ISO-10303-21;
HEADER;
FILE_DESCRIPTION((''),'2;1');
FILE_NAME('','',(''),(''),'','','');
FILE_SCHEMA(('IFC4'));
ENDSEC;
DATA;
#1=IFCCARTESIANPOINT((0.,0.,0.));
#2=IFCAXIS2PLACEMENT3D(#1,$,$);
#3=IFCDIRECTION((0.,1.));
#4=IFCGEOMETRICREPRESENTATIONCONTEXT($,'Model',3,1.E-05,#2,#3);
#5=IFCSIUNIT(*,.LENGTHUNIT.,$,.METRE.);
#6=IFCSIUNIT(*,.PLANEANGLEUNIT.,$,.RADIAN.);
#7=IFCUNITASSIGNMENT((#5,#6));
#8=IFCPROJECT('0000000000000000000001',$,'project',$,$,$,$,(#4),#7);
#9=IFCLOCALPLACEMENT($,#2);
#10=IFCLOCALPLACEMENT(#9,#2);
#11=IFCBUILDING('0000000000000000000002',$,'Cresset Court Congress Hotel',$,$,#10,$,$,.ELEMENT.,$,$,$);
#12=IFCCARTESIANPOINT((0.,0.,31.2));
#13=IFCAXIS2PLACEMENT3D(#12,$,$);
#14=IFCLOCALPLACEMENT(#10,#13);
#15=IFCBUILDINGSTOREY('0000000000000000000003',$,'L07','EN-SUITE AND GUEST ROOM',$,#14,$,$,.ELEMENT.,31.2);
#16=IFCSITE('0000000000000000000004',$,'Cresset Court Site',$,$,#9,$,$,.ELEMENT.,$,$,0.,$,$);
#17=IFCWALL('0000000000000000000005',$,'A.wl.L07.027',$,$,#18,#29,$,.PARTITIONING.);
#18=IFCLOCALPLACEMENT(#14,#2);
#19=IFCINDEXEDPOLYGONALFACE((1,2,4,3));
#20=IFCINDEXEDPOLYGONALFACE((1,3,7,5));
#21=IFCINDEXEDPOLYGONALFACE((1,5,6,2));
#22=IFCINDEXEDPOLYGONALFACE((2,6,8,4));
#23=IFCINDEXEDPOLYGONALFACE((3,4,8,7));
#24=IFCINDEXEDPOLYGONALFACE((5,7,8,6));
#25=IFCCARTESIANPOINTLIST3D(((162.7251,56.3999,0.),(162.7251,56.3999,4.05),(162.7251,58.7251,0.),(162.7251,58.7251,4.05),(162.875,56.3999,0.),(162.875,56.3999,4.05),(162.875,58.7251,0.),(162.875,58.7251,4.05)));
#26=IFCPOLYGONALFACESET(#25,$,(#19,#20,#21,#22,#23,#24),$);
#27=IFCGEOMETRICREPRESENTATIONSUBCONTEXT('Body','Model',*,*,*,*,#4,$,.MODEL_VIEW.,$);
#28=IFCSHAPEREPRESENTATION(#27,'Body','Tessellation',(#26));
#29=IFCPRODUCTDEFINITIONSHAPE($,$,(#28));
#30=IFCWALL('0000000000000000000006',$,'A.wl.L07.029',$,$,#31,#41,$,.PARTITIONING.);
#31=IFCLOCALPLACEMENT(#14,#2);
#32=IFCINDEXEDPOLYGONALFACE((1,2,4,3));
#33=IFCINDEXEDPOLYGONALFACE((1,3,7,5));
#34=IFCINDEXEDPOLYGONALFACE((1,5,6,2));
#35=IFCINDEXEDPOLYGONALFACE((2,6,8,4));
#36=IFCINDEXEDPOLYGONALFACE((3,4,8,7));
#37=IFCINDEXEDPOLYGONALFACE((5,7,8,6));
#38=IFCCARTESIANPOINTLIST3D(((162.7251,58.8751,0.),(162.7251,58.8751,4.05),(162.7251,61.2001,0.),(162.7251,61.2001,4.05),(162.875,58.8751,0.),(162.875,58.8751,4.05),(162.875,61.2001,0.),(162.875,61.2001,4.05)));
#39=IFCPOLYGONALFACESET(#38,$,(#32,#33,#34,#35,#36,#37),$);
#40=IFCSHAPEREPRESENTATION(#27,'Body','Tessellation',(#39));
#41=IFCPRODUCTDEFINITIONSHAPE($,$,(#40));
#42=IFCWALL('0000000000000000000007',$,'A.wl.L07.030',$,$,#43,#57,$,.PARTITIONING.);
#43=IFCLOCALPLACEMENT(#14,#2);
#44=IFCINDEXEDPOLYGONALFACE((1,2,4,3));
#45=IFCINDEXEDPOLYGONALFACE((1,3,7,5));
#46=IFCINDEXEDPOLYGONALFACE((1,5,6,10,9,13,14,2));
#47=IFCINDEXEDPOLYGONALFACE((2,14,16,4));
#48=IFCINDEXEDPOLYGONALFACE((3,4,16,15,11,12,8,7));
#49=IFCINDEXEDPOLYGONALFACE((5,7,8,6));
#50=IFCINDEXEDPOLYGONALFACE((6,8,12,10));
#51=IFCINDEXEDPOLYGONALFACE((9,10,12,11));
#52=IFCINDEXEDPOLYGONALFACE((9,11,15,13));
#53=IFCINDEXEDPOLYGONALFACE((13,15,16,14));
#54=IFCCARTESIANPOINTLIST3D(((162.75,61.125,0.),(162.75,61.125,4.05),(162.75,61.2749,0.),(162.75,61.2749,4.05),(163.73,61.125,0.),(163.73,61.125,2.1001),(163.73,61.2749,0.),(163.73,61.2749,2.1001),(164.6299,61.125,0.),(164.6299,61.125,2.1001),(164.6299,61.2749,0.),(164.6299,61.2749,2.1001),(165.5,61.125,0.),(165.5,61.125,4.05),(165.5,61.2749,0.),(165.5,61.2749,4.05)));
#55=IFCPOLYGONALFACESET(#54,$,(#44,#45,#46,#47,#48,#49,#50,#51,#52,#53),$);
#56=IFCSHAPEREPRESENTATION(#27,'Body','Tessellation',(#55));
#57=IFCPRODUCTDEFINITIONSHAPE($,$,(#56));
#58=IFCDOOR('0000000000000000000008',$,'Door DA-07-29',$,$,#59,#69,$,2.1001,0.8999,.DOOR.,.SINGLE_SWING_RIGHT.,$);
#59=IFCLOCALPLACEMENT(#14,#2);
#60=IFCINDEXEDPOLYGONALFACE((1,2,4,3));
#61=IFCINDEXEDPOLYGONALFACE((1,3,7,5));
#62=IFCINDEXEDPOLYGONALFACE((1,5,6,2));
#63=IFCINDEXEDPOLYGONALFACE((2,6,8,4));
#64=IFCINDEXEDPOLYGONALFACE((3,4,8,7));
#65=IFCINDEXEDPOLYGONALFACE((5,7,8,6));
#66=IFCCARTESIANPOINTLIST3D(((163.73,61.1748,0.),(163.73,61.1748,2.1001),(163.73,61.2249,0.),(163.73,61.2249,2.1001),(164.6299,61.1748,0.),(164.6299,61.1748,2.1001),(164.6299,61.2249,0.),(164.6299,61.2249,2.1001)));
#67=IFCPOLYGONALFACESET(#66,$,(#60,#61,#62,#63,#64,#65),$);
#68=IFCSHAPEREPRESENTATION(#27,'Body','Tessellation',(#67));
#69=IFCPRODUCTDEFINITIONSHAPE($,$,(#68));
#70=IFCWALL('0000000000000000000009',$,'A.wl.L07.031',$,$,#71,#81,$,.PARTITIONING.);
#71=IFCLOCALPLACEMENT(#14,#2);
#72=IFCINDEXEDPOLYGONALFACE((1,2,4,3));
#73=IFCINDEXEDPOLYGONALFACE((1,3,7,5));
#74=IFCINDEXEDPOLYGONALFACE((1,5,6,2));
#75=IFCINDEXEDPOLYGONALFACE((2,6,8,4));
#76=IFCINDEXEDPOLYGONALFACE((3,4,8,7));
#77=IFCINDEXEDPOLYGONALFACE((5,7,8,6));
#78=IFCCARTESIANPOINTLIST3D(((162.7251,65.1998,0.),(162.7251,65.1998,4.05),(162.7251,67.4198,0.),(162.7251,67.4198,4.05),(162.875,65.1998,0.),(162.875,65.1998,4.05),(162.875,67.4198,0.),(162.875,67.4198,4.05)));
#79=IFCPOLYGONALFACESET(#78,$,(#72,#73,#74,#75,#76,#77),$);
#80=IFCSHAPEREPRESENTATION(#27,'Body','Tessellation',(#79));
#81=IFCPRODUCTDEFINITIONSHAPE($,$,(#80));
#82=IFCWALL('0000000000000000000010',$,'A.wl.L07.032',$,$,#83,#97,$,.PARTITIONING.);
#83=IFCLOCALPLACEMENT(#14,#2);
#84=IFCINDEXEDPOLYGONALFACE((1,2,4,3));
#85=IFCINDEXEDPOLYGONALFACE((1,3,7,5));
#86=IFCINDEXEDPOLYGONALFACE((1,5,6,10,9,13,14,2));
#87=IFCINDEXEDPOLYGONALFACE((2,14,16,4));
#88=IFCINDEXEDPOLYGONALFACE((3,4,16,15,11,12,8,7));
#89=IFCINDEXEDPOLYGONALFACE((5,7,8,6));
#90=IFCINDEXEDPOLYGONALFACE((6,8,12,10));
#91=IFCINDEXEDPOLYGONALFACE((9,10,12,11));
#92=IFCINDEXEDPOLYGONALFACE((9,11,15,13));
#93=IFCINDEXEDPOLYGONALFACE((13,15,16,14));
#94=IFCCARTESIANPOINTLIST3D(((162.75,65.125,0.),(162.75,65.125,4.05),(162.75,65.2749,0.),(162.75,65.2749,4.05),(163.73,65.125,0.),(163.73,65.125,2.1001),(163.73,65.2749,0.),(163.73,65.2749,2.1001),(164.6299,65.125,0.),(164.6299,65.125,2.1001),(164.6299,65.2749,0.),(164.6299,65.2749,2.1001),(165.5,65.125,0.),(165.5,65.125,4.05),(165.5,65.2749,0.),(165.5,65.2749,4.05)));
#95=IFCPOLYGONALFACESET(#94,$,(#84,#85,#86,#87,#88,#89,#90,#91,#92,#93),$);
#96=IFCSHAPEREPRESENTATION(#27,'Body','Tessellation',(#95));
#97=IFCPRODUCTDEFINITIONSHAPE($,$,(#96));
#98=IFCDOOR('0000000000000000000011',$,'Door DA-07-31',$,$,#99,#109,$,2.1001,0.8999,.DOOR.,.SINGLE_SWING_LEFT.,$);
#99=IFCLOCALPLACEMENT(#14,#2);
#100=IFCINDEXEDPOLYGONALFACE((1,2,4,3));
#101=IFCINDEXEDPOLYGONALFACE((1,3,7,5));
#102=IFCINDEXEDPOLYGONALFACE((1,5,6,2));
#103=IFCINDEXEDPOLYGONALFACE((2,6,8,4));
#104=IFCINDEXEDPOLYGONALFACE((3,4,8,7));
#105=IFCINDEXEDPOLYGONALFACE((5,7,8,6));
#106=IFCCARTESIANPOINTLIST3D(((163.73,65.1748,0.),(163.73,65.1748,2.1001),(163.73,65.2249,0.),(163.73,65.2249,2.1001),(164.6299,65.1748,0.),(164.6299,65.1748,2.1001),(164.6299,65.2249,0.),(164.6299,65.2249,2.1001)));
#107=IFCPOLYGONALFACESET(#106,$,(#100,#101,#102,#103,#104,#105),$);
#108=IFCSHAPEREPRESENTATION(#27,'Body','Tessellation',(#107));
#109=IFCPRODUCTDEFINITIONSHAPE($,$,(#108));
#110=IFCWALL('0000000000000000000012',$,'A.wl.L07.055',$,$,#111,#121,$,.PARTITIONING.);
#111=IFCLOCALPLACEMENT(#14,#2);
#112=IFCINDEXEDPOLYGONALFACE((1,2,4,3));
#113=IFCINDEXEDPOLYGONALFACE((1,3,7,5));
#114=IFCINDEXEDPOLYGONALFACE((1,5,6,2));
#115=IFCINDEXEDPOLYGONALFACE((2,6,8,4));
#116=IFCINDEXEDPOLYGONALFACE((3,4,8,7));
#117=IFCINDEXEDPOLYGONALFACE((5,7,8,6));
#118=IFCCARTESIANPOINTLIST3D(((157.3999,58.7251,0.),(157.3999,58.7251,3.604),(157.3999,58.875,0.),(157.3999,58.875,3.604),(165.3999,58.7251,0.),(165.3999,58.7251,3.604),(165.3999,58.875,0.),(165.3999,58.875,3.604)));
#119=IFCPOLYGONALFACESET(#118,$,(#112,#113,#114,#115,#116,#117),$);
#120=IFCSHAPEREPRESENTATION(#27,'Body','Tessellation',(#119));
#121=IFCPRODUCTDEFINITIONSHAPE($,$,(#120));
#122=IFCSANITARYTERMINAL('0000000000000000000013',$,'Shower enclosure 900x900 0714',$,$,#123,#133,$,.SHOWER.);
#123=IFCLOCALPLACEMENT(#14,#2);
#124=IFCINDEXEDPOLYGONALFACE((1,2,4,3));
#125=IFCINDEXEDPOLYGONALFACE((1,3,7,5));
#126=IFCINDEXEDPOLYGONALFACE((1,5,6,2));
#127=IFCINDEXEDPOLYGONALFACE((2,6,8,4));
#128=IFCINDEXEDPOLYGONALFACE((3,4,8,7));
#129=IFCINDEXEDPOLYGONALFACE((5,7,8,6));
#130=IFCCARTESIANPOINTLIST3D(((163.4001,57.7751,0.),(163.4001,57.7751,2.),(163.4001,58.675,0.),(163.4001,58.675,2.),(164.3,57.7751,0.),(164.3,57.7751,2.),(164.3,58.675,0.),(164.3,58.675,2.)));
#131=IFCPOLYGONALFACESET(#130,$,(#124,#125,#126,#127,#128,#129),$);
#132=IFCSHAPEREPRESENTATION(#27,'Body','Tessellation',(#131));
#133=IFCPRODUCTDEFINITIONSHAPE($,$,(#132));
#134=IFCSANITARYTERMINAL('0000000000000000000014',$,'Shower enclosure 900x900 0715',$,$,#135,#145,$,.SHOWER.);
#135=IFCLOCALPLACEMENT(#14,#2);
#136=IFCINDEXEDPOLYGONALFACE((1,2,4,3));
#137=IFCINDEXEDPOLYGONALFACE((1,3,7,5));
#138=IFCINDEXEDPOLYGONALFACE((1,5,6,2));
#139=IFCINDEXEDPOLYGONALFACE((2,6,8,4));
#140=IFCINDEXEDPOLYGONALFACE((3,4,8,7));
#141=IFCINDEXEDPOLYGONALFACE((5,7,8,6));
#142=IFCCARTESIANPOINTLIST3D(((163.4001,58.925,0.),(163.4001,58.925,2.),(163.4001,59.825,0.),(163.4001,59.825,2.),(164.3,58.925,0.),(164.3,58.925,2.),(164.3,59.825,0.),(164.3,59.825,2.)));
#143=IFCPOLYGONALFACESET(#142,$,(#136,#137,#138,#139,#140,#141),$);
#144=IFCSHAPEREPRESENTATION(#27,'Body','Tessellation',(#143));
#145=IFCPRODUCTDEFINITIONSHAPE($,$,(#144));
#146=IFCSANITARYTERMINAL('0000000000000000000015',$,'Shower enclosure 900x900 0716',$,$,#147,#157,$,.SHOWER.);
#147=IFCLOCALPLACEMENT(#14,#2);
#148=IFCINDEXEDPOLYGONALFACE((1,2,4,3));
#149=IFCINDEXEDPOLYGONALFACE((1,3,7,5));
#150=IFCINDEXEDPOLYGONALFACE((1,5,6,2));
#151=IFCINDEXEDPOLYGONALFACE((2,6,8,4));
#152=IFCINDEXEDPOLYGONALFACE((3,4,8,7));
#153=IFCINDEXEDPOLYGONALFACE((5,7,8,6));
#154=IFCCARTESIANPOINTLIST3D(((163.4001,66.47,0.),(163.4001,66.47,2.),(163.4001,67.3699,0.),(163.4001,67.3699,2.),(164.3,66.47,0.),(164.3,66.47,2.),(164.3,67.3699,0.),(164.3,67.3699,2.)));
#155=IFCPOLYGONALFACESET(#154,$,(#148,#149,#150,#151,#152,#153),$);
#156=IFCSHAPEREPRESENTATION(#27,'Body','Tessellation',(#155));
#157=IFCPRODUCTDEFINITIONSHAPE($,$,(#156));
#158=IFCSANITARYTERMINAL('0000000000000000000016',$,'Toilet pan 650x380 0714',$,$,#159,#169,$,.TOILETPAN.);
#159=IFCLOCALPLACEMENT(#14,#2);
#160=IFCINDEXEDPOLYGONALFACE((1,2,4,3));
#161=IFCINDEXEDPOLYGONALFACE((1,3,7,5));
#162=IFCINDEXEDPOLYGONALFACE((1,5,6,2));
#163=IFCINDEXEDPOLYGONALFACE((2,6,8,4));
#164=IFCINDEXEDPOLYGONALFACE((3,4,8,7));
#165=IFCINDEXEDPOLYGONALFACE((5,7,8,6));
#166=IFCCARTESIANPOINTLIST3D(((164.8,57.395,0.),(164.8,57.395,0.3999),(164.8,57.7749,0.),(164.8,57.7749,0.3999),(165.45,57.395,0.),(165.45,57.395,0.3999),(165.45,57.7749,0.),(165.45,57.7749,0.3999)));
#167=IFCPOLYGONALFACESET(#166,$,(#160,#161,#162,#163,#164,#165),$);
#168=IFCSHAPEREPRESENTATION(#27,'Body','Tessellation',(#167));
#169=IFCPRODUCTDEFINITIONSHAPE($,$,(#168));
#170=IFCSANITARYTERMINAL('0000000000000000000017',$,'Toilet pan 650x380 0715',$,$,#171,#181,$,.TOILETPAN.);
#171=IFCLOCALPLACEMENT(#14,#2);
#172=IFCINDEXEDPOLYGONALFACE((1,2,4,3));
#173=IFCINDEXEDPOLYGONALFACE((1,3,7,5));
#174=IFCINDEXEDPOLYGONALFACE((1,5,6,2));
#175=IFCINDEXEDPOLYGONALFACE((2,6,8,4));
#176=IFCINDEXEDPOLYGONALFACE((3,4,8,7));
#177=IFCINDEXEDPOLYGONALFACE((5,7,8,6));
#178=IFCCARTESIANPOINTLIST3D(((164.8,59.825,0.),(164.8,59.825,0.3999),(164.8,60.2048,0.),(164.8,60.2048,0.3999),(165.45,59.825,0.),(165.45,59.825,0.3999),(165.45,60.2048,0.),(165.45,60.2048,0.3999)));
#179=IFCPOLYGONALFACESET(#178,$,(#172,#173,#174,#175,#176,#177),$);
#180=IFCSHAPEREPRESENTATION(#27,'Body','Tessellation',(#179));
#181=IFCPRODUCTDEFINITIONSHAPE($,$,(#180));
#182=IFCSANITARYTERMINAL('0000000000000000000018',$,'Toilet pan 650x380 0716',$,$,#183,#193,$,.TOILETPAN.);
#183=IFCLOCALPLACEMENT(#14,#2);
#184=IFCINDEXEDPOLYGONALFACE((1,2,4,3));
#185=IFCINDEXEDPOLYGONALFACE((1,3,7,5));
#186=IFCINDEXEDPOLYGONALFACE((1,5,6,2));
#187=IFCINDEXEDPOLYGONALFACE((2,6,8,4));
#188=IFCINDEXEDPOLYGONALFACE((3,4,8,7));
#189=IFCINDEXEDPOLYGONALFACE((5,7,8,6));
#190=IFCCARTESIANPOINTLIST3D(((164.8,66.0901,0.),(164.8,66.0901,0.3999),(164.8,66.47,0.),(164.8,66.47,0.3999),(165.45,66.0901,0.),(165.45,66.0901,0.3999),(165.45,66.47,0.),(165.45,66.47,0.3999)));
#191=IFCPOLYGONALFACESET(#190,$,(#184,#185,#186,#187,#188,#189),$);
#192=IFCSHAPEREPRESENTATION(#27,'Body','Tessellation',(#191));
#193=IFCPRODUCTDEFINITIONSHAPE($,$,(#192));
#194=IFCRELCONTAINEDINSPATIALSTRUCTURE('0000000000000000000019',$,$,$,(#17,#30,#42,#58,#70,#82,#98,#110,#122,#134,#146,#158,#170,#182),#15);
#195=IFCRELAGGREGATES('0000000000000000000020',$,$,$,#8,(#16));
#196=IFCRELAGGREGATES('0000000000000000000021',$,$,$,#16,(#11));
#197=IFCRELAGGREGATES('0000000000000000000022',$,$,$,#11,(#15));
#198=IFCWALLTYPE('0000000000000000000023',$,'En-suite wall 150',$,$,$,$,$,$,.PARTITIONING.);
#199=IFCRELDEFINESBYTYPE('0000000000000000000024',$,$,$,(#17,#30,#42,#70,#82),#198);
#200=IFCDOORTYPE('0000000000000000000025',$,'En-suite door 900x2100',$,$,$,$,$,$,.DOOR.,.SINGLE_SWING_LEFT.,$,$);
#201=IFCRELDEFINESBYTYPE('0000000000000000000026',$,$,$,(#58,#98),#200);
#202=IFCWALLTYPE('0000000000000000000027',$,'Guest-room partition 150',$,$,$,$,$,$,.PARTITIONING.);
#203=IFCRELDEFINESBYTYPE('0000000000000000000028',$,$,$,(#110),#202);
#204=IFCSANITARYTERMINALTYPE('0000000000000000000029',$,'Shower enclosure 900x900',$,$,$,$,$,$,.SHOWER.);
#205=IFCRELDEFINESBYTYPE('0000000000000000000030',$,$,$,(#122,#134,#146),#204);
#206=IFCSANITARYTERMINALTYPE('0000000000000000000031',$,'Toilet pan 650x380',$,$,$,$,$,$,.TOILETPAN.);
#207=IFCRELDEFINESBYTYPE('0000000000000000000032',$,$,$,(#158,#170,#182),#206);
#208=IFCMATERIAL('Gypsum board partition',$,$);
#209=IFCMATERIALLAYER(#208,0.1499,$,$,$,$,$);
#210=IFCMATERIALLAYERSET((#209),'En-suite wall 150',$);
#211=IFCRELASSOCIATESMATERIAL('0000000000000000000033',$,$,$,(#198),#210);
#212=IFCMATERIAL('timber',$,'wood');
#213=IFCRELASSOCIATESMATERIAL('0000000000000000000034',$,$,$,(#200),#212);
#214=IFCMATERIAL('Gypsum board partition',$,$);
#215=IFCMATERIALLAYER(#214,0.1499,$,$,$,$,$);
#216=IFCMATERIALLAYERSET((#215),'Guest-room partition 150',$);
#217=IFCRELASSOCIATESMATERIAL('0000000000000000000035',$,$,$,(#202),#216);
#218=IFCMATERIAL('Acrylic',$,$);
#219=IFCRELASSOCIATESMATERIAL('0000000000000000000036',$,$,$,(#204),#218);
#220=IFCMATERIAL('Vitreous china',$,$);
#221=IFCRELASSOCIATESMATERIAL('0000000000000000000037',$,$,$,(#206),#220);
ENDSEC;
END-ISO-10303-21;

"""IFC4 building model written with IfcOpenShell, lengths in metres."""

from ifc_helpers import new_model, si_unit, direction, frame, frame_2d, origin, origin_2d, place, context, subcontext, project, spatial, rectangle, extrude, material, layer, layer_set, type_object, element, fill, save


model = new_model("IFC4")

# Units and contexts
model_context = context("Model", 3, precision=1e-05, world=origin(), true_north=direction((0.0, 1.0)))
body_context = subcontext(model_context, "Body", "Model", "MODEL_VIEW")
ifc_project = project(units=[si_unit("LENGTHUNIT", "METRE"), si_unit("PLANEANGLEUNIT", "RADIAN")], contexts=[model_context])

# Site, building, storey
site_placement = place(None, origin())
site = spatial("IfcSite", under=ifc_project, at=site_placement, Name="Cresset Court Site", CompositionType="ELEMENT", RefElevation=0.0)
building_placement = place(site_placement, origin())
building = spatial("IfcBuilding", under=site, at=building_placement, Name="Cresset Court Congress Hotel", CompositionType="ELEMENT")
storey_placement = place(building_placement, frame((0.0, 0.0, 31.2)))
storey = spatial("IfcBuildingStorey", under=building, at=storey_placement, Name="L07", Description="EN-SUITE AND GUEST ROOM", CompositionType="ELEMENT", Elevation=31.2)

# Walls
ifc_material_1 = material(Name="Gypsum board partition")
ifc_layer_1 = layer(ifc_material_1, 0.1499)
ifc_layer_set_1 = layer_set([ifc_layer_1], Name="En-suite wall 150")
wall_type_1 = type_object("IfcWallType", Name="En-suite wall 150", PredefinedType="PARTITIONING", material=ifc_layer_set_1)
wall_1_placement = place(storey_placement, frame((162.8, 56.3999, 0.0), z_axis=(0.0, 0.0, 1.0), x_axis=(0.0, 1.0, 0.0)))
element("IfcWall", 1, at=wall_1_placement, inside=storey, type_object=wall_type_1, Name="A.wl.L07.027", PredefinedType="PARTITIONING", context=body_context, shape_type="SweptSolid", body=[
    extrude(rectangle(XDim=2.3252, YDim=0.1499, at=frame_2d((1.1626, 0.0))), origin(), (0.0, 0.0, 1.0), 4.05),
])
wall_2_placement = place(storey_placement, frame((162.8, 58.875, 0.0), z_axis=(0.0, 0.0, 1.0), x_axis=(0.0, 1.0, 0.0)))
element("IfcWall", 2, at=wall_2_placement, inside=storey, type_object=wall_type_1, Name="A.wl.L07.029", PredefinedType="PARTITIONING", context=body_context, shape_type="SweptSolid", body=[
    extrude(rectangle(XDim=2.325, YDim=0.1499, at=frame_2d((1.1626, 0.0))), origin(), (0.0, 0.0, 1.0), 4.05),
])

# Wall, opening, door
wall_3_placement = place(storey_placement, frame((162.75, 61.2, 0.0), z_axis=(0.0, 0.0, 1.0), x_axis=(1.0, 0.0, 0.0)))
wall_3 = element("IfcWall", 3, at=wall_3_placement, inside=storey, type_object=wall_type_1, Name="A.wl.L07.030", PredefinedType="PARTITIONING", context=body_context, shape_type="SweptSolid", body=[
    extrude(rectangle(XDim=2.75, YDim=0.1499, at=frame_2d((1.375, 0.0))), origin(), (0.0, 0.0, 1.0), 4.05),
])
opening_1_placement = place(wall_3_placement, frame((0.98, 0.0, 0.0)))
opening_1 = element("IfcOpeningElement", 4, at=opening_1_placement, cuts=wall_3, PredefinedType="OPENING", context=body_context, shape_type="SweptSolid", body=[
    extrude(rectangle(XDim=0.8999, YDim=2.1001, at=frame_2d((0.45, 1.05))), frame((0.0, 0.085, 0.0), z_axis=(0.0, -1.0, 0.0), x_axis=(1.0, 0.0, 0.0)), (0.0, 0.0, 1.0), 0.1699),
])
ifc_material_2 = material(Name="timber", Category="wood")
door_type = type_object("IfcDoorType", Name="En-suite door 900x2100", OperationType="SINGLE_SWING_LEFT", PredefinedType="DOOR", material=ifc_material_2)
door_1_placement = place(opening_1_placement, origin())
door_1 = element("IfcDoor", 5, at=door_1_placement, inside=storey, type_object=door_type, Name="Door DA-07-29", OperationType="SINGLE_SWING_RIGHT", OverallHeight=2.1001, OverallWidth=0.8999, PredefinedType="DOOR", context=body_context, shape_type="SweptSolid", body=[
    extrude(rectangle(XDim=0.8999, YDim=2.1001, at=frame_2d((0.45, 1.05))), frame((0.0, 0.0249, 0.0), z_axis=(0.0, -1.0, 0.0), x_axis=(1.0, 0.0, 0.0)), (0.0, 0.0, 1.0), 0.05),
])
fill(opening_1, door_1)

# Wall
wall_4_placement = place(storey_placement, frame((162.8, 65.2, 0.0), z_axis=(0.0, 0.0, 1.0), x_axis=(0.0, 1.0, 0.0)))
element("IfcWall", 6, at=wall_4_placement, inside=storey, type_object=wall_type_1, Name="A.wl.L07.031", PredefinedType="PARTITIONING", context=body_context, shape_type="SweptSolid", body=[
    extrude(rectangle(XDim=2.22, YDim=0.1499, at=frame_2d((1.1099, 0.0))), origin(), (0.0, 0.0, 1.0), 4.05),
])

# Wall, opening, door
wall_5_placement = place(storey_placement, frame((162.75, 65.2, 0.0), z_axis=(0.0, 0.0, 1.0), x_axis=(1.0, 0.0, 0.0)))
wall_5 = element("IfcWall", 7, at=wall_5_placement, inside=storey, type_object=wall_type_1, Name="A.wl.L07.032", PredefinedType="PARTITIONING", context=body_context, shape_type="SweptSolid", body=[
    extrude(rectangle(XDim=2.75, YDim=0.1499, at=frame_2d((1.375, 0.0))), origin(), (0.0, 0.0, 1.0), 4.05),
])
opening_2_placement = place(wall_5_placement, frame((0.98, 0.0, 0.0)))
opening_2 = element("IfcOpeningElement", 8, at=opening_2_placement, cuts=wall_5, PredefinedType="OPENING", context=body_context, shape_type="SweptSolid", body=[
    extrude(rectangle(XDim=0.8999, YDim=2.1001, at=frame_2d((0.45, 1.05))), frame((0.0, 0.085, 0.0), z_axis=(0.0, -1.0, 0.0), x_axis=(1.0, 0.0, 0.0)), (0.0, 0.0, 1.0), 0.1699),
])
door_2_placement = place(opening_2_placement, origin())
door_2 = element("IfcDoor", 9, at=door_2_placement, inside=storey, type_object=door_type, Name="Door DA-07-31", OperationType="SINGLE_SWING_LEFT", OverallHeight=2.1001, OverallWidth=0.8999, PredefinedType="DOOR", context=body_context, shape_type="SweptSolid", body=[
    extrude(rectangle(XDim=0.8999, YDim=2.1001, at=frame_2d((0.45, 1.05))), frame((0.0, 0.0249, 0.0), z_axis=(0.0, -1.0, 0.0), x_axis=(1.0, 0.0, 0.0)), (0.0, 0.0, 1.0), 0.05),
])
fill(opening_2, door_2)

# Wall
ifc_material_3 = material(Name="Gypsum board partition")
ifc_layer_2 = layer(ifc_material_3, 0.1499)
ifc_layer_set_2 = layer_set([ifc_layer_2], Name="Guest-room partition 150")
wall_type_2 = type_object("IfcWallType", Name="Guest-room partition 150", PredefinedType="PARTITIONING", material=ifc_layer_set_2)
wall_6_placement = place(storey_placement, frame((157.3999, 58.8, 0.0), z_axis=(0.0, 0.0, 1.0), x_axis=(1.0, 0.0, 0.0)))
element("IfcWall", 10, at=wall_6_placement, inside=storey, type_object=wall_type_2, Name="A.wl.L07.055", PredefinedType="PARTITIONING", context=body_context, shape_type="SweptSolid", body=[
    extrude(rectangle(XDim=8.0, YDim=0.1499, at=frame_2d((4.0, 0.0))), origin(), (0.0, 0.0, 1.0), 3.604),
])

# Sanitary terminals
ifc_material_4 = material(Name="Acrylic")
sanitary_terminal_type_1 = type_object("IfcSanitaryTerminalType", Name="Shower enclosure 900x900", PredefinedType="SHOWER", material=ifc_material_4)
for number, where, z_axis, x_axis, name in (
    (11, (163.8501, 58.2251, 0.0), (0.0, 0.0, 1.0), (1.0, 0.0, 0.0), "Shower enclosure 900x900 0714"),
    (12, (163.8501, 59.375, 0.0), (0.0, 0.0, 1.0), (1.0, 0.0, 0.0), "Shower enclosure 900x900 0715"),
    (13, (163.8501, 66.9199, 0.0), (0.0, 0.0, 1.0), (1.0, 0.0, 0.0), "Shower enclosure 900x900 0716"),
):
    element("IfcSanitaryTerminal", number, at=place(storey_placement, frame(where, z_axis=z_axis, x_axis=x_axis)), inside=storey, type_object=sanitary_terminal_type_1, Name=name, PredefinedType="SHOWER", context=body_context, shape_type="SweptSolid", body=[
        extrude(rectangle(XDim=0.8999, YDim=0.8999, at=origin_2d()), origin(), (0.0, 0.0, 1.0), 2.0),
    ])
ifc_material_5 = material(Name="Vitreous china")
sanitary_terminal_type_2 = type_object("IfcSanitaryTerminalType", Name="Toilet pan 650x380", PredefinedType="TOILETPAN", material=ifc_material_5)
for number, where, z_axis, x_axis, name in (
    (14, (165.125, 57.585, 0.0), (0.0, 0.0, 1.0), (1.0, 0.0, 0.0), "Toilet pan 650x380 0714"),
    (15, (165.125, 60.0149, 0.0), (0.0, 0.0, 1.0), (1.0, 0.0, 0.0), "Toilet pan 650x380 0715"),
    (16, (165.125, 66.28, 0.0), (0.0, 0.0, 1.0), (1.0, 0.0, 0.0), "Toilet pan 650x380 0716"),
):
    element("IfcSanitaryTerminal", number, at=place(storey_placement, frame(where, z_axis=z_axis, x_axis=x_axis)), inside=storey, type_object=sanitary_terminal_type_2, Name=name, PredefinedType="TOILETPAN", context=body_context, shape_type="SweptSolid", body=[
        extrude(rectangle(XDim=0.6499, YDim=0.3799, at=origin_2d()), origin(), (0.0, 0.0, 1.0), 0.3999),
    ])

save(model, "model.ifc")
